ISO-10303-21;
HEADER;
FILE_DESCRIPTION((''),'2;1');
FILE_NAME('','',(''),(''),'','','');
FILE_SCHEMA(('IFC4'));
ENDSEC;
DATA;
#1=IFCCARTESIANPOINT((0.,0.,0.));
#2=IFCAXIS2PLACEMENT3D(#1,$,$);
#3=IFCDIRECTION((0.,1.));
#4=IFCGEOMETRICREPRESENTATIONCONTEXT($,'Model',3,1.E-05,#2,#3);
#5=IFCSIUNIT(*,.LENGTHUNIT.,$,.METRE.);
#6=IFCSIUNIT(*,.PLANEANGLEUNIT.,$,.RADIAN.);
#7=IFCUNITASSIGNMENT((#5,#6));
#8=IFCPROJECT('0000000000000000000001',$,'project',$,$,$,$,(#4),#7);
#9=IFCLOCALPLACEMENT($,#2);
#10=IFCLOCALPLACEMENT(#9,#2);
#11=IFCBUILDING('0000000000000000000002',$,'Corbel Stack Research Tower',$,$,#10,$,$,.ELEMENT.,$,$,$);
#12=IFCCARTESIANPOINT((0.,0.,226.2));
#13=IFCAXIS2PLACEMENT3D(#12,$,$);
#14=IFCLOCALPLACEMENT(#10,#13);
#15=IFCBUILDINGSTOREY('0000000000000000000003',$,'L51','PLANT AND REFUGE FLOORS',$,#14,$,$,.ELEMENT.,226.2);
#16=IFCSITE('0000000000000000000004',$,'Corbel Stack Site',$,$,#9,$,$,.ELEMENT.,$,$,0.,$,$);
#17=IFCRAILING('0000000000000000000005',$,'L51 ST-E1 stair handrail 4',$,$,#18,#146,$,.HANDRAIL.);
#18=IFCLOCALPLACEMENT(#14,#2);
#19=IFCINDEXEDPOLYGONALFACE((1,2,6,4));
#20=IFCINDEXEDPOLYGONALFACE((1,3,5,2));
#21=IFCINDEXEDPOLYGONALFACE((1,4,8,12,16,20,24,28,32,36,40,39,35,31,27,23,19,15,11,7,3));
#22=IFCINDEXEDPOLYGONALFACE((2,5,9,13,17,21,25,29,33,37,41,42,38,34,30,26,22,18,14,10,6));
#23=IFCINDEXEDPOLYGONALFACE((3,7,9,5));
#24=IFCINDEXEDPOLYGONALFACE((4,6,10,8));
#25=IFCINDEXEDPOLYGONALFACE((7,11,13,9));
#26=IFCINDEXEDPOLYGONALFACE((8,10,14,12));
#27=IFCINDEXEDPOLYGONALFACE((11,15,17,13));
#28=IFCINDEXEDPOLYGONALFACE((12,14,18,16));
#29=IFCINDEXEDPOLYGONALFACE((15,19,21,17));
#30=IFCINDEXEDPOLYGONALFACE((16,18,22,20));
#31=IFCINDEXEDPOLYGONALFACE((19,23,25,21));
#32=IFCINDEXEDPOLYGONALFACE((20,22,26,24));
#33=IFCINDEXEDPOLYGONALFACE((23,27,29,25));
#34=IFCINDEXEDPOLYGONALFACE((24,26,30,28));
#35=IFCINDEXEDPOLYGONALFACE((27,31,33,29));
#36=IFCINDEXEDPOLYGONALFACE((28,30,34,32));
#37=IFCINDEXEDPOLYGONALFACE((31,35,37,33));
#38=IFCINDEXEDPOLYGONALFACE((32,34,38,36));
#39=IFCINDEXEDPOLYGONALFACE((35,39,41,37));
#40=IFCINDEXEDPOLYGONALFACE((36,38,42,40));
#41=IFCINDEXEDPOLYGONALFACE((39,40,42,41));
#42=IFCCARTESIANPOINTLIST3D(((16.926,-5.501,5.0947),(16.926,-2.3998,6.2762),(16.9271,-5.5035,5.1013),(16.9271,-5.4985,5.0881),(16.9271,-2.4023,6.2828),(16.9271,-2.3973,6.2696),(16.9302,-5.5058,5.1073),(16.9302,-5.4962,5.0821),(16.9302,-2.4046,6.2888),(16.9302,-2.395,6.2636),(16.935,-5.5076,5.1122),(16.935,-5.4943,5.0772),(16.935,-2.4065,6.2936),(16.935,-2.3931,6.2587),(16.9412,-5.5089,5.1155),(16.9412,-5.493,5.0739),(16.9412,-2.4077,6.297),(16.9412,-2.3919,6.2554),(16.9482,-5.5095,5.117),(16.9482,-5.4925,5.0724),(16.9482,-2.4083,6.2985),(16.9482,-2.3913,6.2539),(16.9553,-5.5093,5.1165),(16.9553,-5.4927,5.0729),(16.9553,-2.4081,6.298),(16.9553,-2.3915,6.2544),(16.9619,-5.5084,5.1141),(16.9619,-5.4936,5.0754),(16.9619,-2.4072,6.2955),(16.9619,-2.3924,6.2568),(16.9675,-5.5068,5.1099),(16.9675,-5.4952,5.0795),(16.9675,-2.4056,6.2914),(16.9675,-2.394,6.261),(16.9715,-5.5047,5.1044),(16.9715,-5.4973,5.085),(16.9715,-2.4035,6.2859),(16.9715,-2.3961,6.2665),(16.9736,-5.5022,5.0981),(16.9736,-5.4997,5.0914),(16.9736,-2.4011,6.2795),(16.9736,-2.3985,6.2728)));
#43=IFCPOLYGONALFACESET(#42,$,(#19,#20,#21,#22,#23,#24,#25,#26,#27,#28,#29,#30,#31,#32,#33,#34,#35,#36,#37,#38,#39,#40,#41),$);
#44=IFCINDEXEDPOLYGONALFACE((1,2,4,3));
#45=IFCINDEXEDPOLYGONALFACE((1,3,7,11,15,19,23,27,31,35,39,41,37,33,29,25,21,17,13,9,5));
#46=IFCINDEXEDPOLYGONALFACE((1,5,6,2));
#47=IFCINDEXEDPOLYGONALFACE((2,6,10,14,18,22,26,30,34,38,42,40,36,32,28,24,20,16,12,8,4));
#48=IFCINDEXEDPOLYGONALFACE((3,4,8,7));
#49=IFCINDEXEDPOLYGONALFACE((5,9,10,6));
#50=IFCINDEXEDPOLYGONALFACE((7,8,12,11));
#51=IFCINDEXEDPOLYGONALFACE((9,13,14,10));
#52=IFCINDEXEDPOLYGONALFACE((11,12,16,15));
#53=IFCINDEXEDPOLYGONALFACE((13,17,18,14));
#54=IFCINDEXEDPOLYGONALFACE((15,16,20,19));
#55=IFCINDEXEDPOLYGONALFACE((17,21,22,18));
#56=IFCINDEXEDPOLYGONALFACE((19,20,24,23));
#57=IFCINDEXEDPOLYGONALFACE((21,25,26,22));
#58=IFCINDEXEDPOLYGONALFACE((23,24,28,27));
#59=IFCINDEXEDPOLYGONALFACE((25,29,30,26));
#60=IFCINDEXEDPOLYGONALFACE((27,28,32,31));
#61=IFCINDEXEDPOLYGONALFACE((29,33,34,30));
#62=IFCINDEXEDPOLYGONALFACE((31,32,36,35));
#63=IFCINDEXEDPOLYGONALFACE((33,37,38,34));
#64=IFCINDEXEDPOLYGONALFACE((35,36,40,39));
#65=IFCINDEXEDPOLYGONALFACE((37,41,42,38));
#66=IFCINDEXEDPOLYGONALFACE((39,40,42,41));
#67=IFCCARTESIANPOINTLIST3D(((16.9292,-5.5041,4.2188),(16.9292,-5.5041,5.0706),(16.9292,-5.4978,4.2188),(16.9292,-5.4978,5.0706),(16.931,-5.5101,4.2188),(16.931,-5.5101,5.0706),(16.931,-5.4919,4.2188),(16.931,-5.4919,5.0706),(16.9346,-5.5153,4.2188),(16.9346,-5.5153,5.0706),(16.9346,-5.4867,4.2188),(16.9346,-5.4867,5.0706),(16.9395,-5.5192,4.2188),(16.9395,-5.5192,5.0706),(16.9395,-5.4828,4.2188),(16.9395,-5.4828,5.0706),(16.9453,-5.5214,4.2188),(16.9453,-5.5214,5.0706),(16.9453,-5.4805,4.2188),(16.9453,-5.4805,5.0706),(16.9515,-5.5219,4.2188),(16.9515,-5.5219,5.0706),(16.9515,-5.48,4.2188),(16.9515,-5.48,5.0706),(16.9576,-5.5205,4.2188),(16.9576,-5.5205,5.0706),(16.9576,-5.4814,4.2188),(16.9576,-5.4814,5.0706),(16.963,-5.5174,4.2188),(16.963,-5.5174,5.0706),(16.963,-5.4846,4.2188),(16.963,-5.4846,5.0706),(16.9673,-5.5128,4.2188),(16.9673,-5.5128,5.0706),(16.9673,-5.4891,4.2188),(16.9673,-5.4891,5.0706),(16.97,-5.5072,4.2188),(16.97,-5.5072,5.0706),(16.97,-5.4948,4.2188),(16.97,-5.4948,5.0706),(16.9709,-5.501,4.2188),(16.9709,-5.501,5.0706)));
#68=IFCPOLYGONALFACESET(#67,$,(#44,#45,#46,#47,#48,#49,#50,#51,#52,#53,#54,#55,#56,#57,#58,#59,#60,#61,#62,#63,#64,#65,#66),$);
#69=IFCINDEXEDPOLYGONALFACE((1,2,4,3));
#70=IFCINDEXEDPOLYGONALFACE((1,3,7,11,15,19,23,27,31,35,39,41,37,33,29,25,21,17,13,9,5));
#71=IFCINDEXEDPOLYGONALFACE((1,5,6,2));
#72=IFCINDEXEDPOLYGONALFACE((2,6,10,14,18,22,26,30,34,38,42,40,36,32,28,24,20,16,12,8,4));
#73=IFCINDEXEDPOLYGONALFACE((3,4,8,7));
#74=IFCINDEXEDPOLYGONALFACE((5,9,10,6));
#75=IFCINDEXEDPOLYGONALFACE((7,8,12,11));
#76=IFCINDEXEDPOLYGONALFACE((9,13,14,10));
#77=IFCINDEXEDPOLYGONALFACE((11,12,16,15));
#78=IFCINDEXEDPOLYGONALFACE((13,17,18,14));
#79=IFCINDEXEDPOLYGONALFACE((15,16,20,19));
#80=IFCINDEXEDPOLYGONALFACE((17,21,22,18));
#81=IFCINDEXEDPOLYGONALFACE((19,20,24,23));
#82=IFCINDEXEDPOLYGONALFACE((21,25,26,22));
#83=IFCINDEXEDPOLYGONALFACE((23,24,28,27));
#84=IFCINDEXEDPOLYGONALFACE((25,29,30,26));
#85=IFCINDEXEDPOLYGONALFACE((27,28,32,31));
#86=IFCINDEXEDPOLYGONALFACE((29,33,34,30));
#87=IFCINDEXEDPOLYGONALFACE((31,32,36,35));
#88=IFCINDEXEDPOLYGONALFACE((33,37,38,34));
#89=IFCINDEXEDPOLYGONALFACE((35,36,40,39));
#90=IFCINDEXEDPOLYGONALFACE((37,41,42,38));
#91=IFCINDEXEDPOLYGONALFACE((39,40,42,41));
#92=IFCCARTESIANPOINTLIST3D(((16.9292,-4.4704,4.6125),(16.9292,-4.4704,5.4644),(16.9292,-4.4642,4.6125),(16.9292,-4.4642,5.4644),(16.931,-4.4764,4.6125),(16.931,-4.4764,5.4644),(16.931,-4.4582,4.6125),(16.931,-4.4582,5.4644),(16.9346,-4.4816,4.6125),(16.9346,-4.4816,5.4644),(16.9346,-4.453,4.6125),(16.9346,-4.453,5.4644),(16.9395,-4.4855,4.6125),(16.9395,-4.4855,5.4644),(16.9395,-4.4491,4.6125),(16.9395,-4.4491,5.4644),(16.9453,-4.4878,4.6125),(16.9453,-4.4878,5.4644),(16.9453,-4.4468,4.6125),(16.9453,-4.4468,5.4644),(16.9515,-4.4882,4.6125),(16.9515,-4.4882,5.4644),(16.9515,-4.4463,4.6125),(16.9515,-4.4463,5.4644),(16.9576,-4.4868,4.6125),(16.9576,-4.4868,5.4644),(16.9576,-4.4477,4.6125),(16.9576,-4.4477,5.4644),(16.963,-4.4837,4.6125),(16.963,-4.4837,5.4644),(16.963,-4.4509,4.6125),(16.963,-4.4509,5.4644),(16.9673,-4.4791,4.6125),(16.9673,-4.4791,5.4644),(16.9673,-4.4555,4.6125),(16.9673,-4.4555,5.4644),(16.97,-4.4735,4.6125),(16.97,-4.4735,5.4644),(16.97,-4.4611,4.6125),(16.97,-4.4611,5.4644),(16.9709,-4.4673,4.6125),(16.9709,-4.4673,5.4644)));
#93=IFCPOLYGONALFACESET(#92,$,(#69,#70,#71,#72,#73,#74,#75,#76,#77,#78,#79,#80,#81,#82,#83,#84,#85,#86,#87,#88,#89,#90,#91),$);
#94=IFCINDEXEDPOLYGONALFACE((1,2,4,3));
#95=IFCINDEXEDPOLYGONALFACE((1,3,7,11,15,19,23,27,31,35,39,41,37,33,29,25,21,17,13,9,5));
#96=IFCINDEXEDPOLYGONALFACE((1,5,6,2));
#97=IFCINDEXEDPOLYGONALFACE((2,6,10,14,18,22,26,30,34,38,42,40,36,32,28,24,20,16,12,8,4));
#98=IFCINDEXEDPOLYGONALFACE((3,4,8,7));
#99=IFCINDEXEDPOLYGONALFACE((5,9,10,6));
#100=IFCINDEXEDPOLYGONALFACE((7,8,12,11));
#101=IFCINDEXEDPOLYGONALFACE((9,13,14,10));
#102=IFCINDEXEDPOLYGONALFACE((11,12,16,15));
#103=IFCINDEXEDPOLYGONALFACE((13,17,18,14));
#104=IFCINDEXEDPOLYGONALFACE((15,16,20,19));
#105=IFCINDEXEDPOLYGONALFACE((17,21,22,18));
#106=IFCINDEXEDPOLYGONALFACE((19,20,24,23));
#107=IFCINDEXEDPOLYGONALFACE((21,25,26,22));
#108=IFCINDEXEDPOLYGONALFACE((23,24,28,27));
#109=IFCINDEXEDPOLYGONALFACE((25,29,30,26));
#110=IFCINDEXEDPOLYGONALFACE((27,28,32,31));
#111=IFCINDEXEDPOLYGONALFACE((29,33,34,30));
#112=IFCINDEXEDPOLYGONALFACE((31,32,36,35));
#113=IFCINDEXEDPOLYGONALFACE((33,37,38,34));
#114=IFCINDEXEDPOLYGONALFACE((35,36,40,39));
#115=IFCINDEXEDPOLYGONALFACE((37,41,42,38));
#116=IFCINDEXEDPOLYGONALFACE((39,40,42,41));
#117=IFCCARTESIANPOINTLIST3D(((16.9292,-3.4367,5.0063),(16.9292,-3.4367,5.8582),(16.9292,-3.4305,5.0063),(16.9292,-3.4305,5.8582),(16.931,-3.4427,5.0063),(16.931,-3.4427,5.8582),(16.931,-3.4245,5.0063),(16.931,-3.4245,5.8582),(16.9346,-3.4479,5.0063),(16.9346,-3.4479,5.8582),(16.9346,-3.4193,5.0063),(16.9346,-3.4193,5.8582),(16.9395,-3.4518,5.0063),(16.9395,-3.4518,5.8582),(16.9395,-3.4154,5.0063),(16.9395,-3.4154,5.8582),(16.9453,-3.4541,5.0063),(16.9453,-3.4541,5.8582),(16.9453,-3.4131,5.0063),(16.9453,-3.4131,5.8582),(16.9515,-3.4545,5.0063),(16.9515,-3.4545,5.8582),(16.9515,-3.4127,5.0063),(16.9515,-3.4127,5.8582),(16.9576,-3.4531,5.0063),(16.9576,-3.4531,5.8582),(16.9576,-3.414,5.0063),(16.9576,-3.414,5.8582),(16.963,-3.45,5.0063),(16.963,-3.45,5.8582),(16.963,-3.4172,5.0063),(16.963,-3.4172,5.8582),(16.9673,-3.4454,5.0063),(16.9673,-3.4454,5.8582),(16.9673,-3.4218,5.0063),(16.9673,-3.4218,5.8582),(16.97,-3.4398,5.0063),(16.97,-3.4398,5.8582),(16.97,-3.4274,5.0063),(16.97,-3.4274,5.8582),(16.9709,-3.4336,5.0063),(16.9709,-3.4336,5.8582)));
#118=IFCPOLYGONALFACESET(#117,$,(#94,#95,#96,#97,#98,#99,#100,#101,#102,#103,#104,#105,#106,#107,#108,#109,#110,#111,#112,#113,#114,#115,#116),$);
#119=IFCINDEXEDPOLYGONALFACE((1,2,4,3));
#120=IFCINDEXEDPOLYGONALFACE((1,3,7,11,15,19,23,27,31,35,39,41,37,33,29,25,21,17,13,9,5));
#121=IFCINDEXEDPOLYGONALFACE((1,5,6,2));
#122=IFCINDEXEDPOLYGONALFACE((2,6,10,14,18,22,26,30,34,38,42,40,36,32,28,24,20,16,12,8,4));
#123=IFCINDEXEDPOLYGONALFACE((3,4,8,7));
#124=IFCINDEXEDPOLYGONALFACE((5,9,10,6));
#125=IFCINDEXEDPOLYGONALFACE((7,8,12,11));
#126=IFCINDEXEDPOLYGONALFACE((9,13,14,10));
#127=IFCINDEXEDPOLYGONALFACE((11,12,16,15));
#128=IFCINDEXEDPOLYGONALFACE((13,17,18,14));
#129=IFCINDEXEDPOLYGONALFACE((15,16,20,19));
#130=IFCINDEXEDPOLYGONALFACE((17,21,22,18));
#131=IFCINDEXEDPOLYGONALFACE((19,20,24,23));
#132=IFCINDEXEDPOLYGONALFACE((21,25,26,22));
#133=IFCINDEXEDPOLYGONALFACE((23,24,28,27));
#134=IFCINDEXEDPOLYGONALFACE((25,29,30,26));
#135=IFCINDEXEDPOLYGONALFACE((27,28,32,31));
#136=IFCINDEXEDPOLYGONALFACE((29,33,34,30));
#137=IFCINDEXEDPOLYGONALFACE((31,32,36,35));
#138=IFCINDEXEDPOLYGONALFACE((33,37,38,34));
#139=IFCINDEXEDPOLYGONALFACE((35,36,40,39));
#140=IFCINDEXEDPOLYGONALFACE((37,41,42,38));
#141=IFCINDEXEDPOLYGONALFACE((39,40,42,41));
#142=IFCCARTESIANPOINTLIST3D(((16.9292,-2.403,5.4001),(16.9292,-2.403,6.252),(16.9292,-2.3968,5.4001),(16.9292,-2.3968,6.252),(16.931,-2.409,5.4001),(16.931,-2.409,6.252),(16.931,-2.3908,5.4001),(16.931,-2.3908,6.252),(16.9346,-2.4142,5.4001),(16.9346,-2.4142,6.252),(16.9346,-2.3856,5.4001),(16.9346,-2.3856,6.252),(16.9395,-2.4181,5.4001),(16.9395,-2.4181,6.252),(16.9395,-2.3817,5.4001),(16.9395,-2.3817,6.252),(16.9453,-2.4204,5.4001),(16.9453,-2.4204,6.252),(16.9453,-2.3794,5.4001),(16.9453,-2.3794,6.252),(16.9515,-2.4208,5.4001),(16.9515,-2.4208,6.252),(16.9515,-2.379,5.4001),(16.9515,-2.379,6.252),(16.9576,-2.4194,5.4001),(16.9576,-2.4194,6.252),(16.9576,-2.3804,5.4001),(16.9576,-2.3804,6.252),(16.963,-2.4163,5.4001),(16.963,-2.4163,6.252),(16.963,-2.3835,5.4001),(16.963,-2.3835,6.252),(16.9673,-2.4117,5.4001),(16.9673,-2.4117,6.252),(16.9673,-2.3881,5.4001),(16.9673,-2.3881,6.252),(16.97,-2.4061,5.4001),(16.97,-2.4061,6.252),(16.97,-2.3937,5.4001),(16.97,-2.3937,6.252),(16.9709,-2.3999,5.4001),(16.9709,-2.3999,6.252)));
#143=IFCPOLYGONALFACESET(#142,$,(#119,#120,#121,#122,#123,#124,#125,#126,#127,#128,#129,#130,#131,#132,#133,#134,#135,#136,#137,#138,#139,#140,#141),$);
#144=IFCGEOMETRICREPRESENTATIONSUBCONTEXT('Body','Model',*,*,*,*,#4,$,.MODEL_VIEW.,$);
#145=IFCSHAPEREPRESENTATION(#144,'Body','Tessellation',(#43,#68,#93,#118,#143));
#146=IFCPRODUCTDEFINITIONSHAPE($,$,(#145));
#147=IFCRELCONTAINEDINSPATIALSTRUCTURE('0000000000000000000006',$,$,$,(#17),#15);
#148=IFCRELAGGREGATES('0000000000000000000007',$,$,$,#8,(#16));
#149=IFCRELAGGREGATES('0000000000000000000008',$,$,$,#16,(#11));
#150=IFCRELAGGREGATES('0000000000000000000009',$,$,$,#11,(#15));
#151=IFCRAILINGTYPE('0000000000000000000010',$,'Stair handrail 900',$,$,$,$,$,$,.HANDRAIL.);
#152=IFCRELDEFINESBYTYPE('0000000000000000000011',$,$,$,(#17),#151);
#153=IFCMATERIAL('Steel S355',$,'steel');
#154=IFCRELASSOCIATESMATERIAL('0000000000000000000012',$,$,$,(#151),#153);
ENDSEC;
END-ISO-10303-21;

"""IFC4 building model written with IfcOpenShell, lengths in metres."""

from ifc_helpers import new_model, si_unit, direction, frame, origin, origin_2d, place, context, subcontext, project, spatial, circle, extrude, material, type_object, element, save


model = new_model("IFC4")

# Units and contexts
model_context = context("Model", 3, precision=1e-05, world=origin(), true_north=direction((0.0, 1.0)))
body_context = subcontext(model_context, "Body", "Model", "MODEL_VIEW")
ifc_project = project(units=[si_unit("LENGTHUNIT", "METRE"), si_unit("PLANEANGLEUNIT", "RADIAN")], contexts=[model_context])

# Site, building, storey
site_placement = place(None, origin())
site = spatial("IfcSite", under=ifc_project, at=site_placement, Name="Corbel Stack Site", CompositionType="ELEMENT", RefElevation=0.0)
building_placement = place(site_placement, origin())
building = spatial("IfcBuilding", under=site, at=building_placement, Name="Corbel Stack Research Tower", CompositionType="ELEMENT")
storey_placement = place(building_placement, frame((0.0, 0.0, 226.2)))
storey = spatial("IfcBuildingStorey", under=building, at=storey_placement, Name="L51", Description="PLANT AND REFUGE FLOORS", CompositionType="ELEMENT", Elevation=226.2)

# Railing
ifc_material_1 = material(Name="Steel S355", Category="steel")
railing_type_1 = type_object("IfcRailingType", Name="Stair handrail 900", PredefinedType="HANDRAIL", material=ifc_material_1)
railing_1_placement = place(storey_placement, frame((16.95, -5.501, 4.2188)))
element("IfcRailing", 1, at=railing_1_placement, inside=storey, type_object=railing_type_1, Name="L51 ST-E1 stair handrail 4", PredefinedType="HANDRAIL", context=body_context, shape_type="SweptSolid", body=[
    extrude(circle(Radius=0.0239, at=origin_2d()), frame((0.0, 0.0, 0.876), z_axis=(0.0, 0.934484, 0.356005), x_axis=(-1.0, 0.0, 0.0)), (0.0, 0.0, 1.0), 3.3186),
    extrude(circle(Radius=0.021, at=origin_2d()), origin(), (0.0, 0.0, 1.0), 0.8518),
    extrude(circle(Radius=0.021, at=origin_2d()), frame((0.0, 1.0337, 0.3938)), (0.0, 0.0, 1.0), 0.8518),
    extrude(circle(Radius=0.021, at=origin_2d()), frame((0.0, 2.0674, 0.7876)), (0.0, 0.0, 1.0), 0.8518),
    extrude(circle(Radius=0.021, at=origin_2d()), frame((0.0, 3.1011, 1.1814)), (0.0, 0.0, 1.0), 0.8518),
])

save(model, "model.ifc")
